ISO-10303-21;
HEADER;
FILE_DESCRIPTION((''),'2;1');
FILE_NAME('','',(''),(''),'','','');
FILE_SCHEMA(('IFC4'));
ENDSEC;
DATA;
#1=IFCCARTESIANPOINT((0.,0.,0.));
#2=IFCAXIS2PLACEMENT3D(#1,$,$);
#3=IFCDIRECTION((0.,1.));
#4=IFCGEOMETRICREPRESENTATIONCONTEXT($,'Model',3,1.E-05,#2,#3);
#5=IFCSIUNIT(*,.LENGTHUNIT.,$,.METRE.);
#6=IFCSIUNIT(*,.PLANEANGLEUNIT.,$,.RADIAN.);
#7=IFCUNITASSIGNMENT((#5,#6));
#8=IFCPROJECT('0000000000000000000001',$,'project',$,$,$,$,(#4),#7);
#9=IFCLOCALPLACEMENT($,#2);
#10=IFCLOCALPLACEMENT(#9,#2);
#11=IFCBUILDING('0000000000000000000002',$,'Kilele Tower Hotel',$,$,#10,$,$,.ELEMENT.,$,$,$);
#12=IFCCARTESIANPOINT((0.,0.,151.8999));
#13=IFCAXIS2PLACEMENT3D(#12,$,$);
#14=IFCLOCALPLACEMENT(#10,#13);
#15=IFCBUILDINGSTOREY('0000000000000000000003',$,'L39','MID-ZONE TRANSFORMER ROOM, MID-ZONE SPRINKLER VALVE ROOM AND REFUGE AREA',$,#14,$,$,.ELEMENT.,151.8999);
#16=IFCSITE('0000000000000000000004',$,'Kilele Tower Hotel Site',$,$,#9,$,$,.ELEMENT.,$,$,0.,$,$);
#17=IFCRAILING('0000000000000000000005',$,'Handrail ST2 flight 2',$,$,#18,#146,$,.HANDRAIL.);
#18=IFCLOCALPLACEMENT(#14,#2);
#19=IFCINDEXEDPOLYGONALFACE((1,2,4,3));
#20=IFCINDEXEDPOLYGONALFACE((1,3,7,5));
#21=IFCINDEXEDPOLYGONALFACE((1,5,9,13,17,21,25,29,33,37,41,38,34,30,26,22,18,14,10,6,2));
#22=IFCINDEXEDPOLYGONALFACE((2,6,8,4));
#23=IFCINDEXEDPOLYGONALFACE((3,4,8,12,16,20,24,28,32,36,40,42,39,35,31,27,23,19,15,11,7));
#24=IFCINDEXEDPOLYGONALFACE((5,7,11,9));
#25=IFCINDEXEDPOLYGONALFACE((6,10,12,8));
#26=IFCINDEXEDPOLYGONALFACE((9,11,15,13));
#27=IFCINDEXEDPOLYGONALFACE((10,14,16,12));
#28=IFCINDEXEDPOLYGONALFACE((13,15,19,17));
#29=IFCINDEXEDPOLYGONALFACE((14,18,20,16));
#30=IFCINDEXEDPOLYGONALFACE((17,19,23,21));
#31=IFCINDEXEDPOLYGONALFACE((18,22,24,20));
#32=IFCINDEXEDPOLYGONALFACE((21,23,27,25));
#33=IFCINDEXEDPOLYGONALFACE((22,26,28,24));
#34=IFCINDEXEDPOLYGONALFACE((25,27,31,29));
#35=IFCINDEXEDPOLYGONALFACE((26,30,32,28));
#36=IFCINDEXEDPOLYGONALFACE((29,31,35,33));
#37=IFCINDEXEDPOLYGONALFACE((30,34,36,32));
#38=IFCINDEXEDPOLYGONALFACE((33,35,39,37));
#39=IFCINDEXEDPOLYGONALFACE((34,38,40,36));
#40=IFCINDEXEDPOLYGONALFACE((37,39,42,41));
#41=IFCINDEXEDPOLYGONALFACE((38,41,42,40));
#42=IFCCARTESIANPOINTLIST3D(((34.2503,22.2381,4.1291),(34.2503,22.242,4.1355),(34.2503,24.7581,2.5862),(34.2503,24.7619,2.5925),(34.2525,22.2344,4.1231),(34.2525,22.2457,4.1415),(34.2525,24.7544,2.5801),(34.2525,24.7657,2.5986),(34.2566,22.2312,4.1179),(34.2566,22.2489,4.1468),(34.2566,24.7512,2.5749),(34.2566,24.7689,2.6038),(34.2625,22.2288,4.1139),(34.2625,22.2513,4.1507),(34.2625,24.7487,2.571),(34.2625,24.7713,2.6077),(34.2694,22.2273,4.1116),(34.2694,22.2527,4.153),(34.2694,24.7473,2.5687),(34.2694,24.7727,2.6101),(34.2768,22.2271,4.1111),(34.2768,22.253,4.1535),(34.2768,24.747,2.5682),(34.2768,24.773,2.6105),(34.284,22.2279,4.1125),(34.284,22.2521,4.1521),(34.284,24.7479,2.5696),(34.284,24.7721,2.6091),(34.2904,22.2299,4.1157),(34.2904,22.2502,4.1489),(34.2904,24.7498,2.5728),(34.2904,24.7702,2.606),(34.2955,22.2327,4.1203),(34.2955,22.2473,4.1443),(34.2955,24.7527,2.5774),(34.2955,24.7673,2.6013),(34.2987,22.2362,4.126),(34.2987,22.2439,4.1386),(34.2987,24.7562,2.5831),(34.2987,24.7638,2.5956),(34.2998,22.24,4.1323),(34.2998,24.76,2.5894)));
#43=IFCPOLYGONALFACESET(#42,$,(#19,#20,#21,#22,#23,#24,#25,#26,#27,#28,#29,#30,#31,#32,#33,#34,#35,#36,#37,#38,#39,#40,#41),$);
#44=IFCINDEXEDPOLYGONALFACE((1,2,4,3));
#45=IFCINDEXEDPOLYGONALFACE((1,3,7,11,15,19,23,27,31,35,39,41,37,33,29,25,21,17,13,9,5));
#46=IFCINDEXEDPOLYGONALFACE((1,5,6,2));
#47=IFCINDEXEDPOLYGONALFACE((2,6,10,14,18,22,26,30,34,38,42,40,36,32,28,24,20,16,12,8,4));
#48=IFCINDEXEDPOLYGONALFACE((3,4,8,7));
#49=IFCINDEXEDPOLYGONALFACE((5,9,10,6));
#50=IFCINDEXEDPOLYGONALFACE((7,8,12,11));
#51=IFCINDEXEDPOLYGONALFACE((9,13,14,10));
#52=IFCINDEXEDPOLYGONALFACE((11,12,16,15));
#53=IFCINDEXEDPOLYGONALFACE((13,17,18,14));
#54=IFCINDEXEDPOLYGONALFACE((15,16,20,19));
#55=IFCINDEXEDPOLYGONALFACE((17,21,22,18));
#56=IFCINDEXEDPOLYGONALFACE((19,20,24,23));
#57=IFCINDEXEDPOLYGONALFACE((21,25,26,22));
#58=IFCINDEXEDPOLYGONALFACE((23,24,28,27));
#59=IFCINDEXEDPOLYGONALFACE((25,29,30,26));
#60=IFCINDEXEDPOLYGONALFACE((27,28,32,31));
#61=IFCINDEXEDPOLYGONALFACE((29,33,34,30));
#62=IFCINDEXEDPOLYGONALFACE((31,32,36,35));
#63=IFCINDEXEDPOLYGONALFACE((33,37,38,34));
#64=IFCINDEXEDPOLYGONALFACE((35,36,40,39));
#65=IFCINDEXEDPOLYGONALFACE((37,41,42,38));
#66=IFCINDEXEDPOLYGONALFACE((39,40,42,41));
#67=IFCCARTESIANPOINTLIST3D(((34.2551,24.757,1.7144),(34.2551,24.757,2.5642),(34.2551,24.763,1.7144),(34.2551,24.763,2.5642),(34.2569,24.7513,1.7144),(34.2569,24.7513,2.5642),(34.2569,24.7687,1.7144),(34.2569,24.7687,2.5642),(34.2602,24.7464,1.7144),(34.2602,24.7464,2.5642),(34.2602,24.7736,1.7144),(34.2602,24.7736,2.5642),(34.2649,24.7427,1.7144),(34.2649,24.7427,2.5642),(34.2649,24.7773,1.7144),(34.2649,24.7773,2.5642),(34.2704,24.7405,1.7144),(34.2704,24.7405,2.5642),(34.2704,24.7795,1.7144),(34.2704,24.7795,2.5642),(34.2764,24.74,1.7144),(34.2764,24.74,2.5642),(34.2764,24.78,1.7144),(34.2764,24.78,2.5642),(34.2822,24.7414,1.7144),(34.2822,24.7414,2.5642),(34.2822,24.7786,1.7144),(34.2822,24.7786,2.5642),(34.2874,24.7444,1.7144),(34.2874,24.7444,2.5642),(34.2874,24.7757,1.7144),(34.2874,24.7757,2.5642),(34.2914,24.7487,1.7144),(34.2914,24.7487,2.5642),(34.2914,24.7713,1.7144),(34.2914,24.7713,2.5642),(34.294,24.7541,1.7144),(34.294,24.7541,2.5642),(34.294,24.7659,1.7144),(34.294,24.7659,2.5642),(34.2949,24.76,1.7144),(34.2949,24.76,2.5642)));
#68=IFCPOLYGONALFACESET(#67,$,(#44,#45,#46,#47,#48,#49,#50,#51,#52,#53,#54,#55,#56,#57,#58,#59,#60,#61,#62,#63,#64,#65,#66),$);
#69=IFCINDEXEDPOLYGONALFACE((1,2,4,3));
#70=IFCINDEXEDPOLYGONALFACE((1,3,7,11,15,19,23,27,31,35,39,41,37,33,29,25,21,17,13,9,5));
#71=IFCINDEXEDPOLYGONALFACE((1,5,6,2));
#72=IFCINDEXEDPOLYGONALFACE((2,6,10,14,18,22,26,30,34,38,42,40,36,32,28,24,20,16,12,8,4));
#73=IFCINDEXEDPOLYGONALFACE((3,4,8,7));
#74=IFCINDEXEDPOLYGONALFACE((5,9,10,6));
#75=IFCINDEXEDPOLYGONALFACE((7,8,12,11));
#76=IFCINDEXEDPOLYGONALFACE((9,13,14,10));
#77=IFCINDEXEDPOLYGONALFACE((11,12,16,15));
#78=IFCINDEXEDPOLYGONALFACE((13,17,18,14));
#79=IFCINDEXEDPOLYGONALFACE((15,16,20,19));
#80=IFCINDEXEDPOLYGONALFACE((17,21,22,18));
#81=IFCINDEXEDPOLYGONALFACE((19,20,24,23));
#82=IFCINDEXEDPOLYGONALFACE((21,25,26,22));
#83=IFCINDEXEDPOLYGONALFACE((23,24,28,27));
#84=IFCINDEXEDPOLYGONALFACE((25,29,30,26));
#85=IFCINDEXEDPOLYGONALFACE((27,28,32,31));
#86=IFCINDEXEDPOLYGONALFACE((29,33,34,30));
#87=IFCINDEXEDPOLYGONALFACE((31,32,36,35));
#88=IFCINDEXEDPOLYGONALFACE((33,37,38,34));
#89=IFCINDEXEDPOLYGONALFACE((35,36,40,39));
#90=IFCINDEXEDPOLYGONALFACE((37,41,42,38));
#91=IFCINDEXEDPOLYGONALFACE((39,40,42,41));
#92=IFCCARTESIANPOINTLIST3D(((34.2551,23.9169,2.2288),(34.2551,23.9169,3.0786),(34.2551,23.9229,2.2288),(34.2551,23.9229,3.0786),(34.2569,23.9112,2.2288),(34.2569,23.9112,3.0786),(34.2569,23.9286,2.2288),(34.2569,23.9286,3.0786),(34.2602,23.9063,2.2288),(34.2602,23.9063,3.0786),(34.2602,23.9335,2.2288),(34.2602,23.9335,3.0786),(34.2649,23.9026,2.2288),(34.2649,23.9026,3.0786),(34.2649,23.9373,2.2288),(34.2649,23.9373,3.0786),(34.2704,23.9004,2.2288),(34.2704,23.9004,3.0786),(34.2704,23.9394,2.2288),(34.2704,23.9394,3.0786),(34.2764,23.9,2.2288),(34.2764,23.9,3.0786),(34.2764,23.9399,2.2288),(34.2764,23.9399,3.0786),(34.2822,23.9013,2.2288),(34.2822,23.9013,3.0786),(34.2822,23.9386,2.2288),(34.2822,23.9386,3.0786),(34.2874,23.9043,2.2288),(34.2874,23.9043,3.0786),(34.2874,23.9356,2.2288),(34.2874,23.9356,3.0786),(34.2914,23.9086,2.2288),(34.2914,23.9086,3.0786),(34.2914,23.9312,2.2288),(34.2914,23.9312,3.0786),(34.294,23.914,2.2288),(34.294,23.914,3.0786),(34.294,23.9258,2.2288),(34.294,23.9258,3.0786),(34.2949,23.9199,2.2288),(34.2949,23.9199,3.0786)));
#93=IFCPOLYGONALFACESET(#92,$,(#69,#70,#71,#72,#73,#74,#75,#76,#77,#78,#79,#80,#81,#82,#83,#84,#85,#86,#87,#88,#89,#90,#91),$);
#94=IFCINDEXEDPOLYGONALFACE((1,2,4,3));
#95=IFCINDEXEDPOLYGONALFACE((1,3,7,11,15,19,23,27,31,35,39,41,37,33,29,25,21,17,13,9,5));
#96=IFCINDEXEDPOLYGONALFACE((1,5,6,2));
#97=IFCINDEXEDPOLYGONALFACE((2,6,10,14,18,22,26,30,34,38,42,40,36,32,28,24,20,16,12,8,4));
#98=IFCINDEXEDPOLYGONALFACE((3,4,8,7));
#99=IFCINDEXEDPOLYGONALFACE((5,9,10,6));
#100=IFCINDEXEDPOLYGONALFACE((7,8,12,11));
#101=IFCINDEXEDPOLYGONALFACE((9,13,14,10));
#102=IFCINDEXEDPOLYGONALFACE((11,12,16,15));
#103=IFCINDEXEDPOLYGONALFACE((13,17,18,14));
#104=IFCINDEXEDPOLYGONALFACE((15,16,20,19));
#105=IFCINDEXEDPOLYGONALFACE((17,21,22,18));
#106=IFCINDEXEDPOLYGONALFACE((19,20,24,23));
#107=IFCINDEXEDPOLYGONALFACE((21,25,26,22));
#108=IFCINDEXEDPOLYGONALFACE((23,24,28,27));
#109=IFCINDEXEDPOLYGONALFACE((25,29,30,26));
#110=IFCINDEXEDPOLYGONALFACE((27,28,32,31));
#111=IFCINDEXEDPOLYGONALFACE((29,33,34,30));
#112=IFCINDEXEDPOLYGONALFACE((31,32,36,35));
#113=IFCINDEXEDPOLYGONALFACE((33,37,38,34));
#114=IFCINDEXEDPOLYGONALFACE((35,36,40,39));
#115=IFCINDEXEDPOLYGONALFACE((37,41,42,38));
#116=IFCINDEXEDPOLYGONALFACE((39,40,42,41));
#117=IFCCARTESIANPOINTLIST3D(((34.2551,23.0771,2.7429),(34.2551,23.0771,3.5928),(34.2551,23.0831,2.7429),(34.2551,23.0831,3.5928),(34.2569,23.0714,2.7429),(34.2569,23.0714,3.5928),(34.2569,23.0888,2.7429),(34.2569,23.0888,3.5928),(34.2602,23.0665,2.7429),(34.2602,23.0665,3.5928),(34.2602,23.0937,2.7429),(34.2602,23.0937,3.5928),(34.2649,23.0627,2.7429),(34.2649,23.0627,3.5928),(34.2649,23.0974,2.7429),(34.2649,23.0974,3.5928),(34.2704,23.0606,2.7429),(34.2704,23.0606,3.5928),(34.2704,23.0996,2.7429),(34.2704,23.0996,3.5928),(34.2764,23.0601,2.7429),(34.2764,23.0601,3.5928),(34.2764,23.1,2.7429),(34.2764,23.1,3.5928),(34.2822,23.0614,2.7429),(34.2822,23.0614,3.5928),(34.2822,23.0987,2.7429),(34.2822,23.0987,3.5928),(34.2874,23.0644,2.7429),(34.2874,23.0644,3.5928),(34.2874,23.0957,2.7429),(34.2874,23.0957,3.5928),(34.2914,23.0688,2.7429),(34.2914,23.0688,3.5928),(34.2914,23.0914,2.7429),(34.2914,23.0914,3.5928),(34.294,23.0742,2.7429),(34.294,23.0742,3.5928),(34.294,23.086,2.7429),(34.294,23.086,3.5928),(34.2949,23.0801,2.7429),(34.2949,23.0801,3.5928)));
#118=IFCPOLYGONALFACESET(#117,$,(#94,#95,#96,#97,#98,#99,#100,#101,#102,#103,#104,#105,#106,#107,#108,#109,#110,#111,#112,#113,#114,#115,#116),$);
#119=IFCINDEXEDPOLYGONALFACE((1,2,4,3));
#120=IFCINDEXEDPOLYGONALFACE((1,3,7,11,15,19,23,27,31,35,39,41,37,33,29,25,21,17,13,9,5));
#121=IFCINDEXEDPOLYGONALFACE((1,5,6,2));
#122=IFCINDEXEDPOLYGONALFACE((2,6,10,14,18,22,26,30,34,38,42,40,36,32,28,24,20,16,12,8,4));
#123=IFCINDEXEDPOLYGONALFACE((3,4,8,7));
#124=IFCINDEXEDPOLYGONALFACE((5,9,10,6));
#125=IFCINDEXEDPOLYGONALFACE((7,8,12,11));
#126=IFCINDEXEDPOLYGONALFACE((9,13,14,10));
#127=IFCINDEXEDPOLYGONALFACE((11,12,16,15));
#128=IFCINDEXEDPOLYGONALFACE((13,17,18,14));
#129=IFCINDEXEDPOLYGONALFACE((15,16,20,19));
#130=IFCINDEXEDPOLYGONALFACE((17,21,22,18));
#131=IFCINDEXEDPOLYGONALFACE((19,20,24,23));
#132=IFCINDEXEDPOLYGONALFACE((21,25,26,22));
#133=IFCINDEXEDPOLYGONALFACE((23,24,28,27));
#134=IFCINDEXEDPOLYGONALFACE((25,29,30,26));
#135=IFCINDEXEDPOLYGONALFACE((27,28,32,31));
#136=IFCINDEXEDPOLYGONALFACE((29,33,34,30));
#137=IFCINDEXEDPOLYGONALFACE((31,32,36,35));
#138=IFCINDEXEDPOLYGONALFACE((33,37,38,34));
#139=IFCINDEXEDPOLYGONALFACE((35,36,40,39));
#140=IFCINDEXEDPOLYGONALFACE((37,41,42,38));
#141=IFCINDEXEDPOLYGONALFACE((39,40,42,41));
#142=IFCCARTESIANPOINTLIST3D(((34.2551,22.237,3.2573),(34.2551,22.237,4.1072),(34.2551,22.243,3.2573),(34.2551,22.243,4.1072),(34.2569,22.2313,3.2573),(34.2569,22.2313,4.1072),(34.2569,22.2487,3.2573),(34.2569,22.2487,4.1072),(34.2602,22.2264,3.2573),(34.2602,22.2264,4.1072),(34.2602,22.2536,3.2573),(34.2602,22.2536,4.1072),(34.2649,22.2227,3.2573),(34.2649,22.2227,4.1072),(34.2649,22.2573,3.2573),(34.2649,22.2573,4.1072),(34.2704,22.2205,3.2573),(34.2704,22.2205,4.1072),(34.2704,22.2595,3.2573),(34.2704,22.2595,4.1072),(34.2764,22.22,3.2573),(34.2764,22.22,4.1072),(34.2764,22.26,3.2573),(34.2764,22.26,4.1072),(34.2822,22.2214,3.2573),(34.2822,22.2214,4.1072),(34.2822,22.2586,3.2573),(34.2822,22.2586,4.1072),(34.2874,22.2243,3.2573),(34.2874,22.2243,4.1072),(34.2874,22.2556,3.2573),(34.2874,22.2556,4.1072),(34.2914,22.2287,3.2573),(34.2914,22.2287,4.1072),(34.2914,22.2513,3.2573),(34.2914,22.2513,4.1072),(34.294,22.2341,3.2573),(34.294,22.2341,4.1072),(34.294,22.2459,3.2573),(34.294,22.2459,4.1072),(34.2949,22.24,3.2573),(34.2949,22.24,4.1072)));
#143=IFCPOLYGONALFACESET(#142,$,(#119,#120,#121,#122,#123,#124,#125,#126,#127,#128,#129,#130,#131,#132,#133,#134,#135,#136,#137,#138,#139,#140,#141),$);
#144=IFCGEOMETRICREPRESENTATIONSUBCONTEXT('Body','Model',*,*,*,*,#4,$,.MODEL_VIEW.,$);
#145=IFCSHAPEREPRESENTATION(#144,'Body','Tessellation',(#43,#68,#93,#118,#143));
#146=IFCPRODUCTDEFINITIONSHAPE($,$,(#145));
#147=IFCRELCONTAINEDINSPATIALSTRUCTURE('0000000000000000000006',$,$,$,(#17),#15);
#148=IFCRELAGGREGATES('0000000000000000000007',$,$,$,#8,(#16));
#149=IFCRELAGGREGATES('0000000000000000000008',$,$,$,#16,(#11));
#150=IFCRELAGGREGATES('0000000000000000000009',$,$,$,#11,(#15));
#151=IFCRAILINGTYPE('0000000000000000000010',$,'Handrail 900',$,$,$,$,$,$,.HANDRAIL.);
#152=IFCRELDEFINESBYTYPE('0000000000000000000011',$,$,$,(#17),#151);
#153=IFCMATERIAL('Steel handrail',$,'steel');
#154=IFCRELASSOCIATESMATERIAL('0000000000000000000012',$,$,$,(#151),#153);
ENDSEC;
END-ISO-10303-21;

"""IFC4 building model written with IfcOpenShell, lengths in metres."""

from ifc_helpers import new_model, si_unit, direction, frame, origin, origin_2d, place, context, subcontext, project, spatial, circle, extrude, material, type_object, element, save


model = new_model("IFC4")

# Units and contexts
model_context = context("Model", 3, precision=1e-05, world=origin(), true_north=direction((0.0, 1.0)))
body_context = subcontext(model_context, "Body", "Model", "MODEL_VIEW")
ifc_project = project(units=[si_unit("LENGTHUNIT", "METRE"), si_unit("PLANEANGLEUNIT", "RADIAN")], contexts=[model_context])

# Site, building, storey
site_placement = place(None, origin())
site = spatial("IfcSite", under=ifc_project, at=site_placement, Name="Kilele Tower Hotel Site", CompositionType="ELEMENT", RefElevation=0.0)
building_placement = place(site_placement, origin())
building = spatial("IfcBuilding", under=site, at=building_placement, Name="Kilele Tower Hotel", CompositionType="ELEMENT")
storey_placement = place(building_placement, frame((0.0, 0.0, 151.8999)))
storey = spatial("IfcBuildingStorey", under=building, at=storey_placement, Name="L39", Description="MID-ZONE TRANSFORMER ROOM, MID-ZONE SPRINKLER VALVE ROOM AND REFUGE AREA", CompositionType="ELEMENT", Elevation=151.8999)

# Railing
ifc_material_1 = material(Name="Steel handrail", Category="steel")
railing_type_1 = type_object("IfcRailingType", Name="Handrail 900", PredefinedType="HANDRAIL", material=ifc_material_1)
for number, where, name in (
    (1, (34.2749, 24.76, 1.7144), "Handrail ST2 flight 2"),
):
    element("IfcRailing", number, at=place(storey_placement, frame(where)), inside=storey, type_object=railing_type_1, Name=name, PredefinedType="HANDRAIL", context=body_context, shape_type="SweptSolid", body=[
        extrude(circle(Radius=0.0249, at=origin_2d()), frame((0.0, 0.0, 0.875), z_axis=(0.0, -0.852836, 0.522178), x_axis=(1.0, 0.0, 0.0)), (0.0, 0.0, 1.0), 2.9548),
        extrude(circle(Radius=0.02, at=origin_2d()), origin(), (0.0, 0.0, 1.0), 0.8499),
        extrude(circle(Radius=0.02, at=origin_2d()), frame((0.0, -0.8401, 0.5144)), (0.0, 0.0, 1.0), 0.8499),
        extrude(circle(Radius=0.02, at=origin_2d()), frame((0.0, -1.6799, 1.0286)), (0.0, 0.0, 1.0), 0.8499),
        extrude(circle(Radius=0.02, at=origin_2d()), frame((0.0, -2.52, 1.543)), (0.0, 0.0, 1.0), 0.8499),
    ])

save(model, "model.ifc")
